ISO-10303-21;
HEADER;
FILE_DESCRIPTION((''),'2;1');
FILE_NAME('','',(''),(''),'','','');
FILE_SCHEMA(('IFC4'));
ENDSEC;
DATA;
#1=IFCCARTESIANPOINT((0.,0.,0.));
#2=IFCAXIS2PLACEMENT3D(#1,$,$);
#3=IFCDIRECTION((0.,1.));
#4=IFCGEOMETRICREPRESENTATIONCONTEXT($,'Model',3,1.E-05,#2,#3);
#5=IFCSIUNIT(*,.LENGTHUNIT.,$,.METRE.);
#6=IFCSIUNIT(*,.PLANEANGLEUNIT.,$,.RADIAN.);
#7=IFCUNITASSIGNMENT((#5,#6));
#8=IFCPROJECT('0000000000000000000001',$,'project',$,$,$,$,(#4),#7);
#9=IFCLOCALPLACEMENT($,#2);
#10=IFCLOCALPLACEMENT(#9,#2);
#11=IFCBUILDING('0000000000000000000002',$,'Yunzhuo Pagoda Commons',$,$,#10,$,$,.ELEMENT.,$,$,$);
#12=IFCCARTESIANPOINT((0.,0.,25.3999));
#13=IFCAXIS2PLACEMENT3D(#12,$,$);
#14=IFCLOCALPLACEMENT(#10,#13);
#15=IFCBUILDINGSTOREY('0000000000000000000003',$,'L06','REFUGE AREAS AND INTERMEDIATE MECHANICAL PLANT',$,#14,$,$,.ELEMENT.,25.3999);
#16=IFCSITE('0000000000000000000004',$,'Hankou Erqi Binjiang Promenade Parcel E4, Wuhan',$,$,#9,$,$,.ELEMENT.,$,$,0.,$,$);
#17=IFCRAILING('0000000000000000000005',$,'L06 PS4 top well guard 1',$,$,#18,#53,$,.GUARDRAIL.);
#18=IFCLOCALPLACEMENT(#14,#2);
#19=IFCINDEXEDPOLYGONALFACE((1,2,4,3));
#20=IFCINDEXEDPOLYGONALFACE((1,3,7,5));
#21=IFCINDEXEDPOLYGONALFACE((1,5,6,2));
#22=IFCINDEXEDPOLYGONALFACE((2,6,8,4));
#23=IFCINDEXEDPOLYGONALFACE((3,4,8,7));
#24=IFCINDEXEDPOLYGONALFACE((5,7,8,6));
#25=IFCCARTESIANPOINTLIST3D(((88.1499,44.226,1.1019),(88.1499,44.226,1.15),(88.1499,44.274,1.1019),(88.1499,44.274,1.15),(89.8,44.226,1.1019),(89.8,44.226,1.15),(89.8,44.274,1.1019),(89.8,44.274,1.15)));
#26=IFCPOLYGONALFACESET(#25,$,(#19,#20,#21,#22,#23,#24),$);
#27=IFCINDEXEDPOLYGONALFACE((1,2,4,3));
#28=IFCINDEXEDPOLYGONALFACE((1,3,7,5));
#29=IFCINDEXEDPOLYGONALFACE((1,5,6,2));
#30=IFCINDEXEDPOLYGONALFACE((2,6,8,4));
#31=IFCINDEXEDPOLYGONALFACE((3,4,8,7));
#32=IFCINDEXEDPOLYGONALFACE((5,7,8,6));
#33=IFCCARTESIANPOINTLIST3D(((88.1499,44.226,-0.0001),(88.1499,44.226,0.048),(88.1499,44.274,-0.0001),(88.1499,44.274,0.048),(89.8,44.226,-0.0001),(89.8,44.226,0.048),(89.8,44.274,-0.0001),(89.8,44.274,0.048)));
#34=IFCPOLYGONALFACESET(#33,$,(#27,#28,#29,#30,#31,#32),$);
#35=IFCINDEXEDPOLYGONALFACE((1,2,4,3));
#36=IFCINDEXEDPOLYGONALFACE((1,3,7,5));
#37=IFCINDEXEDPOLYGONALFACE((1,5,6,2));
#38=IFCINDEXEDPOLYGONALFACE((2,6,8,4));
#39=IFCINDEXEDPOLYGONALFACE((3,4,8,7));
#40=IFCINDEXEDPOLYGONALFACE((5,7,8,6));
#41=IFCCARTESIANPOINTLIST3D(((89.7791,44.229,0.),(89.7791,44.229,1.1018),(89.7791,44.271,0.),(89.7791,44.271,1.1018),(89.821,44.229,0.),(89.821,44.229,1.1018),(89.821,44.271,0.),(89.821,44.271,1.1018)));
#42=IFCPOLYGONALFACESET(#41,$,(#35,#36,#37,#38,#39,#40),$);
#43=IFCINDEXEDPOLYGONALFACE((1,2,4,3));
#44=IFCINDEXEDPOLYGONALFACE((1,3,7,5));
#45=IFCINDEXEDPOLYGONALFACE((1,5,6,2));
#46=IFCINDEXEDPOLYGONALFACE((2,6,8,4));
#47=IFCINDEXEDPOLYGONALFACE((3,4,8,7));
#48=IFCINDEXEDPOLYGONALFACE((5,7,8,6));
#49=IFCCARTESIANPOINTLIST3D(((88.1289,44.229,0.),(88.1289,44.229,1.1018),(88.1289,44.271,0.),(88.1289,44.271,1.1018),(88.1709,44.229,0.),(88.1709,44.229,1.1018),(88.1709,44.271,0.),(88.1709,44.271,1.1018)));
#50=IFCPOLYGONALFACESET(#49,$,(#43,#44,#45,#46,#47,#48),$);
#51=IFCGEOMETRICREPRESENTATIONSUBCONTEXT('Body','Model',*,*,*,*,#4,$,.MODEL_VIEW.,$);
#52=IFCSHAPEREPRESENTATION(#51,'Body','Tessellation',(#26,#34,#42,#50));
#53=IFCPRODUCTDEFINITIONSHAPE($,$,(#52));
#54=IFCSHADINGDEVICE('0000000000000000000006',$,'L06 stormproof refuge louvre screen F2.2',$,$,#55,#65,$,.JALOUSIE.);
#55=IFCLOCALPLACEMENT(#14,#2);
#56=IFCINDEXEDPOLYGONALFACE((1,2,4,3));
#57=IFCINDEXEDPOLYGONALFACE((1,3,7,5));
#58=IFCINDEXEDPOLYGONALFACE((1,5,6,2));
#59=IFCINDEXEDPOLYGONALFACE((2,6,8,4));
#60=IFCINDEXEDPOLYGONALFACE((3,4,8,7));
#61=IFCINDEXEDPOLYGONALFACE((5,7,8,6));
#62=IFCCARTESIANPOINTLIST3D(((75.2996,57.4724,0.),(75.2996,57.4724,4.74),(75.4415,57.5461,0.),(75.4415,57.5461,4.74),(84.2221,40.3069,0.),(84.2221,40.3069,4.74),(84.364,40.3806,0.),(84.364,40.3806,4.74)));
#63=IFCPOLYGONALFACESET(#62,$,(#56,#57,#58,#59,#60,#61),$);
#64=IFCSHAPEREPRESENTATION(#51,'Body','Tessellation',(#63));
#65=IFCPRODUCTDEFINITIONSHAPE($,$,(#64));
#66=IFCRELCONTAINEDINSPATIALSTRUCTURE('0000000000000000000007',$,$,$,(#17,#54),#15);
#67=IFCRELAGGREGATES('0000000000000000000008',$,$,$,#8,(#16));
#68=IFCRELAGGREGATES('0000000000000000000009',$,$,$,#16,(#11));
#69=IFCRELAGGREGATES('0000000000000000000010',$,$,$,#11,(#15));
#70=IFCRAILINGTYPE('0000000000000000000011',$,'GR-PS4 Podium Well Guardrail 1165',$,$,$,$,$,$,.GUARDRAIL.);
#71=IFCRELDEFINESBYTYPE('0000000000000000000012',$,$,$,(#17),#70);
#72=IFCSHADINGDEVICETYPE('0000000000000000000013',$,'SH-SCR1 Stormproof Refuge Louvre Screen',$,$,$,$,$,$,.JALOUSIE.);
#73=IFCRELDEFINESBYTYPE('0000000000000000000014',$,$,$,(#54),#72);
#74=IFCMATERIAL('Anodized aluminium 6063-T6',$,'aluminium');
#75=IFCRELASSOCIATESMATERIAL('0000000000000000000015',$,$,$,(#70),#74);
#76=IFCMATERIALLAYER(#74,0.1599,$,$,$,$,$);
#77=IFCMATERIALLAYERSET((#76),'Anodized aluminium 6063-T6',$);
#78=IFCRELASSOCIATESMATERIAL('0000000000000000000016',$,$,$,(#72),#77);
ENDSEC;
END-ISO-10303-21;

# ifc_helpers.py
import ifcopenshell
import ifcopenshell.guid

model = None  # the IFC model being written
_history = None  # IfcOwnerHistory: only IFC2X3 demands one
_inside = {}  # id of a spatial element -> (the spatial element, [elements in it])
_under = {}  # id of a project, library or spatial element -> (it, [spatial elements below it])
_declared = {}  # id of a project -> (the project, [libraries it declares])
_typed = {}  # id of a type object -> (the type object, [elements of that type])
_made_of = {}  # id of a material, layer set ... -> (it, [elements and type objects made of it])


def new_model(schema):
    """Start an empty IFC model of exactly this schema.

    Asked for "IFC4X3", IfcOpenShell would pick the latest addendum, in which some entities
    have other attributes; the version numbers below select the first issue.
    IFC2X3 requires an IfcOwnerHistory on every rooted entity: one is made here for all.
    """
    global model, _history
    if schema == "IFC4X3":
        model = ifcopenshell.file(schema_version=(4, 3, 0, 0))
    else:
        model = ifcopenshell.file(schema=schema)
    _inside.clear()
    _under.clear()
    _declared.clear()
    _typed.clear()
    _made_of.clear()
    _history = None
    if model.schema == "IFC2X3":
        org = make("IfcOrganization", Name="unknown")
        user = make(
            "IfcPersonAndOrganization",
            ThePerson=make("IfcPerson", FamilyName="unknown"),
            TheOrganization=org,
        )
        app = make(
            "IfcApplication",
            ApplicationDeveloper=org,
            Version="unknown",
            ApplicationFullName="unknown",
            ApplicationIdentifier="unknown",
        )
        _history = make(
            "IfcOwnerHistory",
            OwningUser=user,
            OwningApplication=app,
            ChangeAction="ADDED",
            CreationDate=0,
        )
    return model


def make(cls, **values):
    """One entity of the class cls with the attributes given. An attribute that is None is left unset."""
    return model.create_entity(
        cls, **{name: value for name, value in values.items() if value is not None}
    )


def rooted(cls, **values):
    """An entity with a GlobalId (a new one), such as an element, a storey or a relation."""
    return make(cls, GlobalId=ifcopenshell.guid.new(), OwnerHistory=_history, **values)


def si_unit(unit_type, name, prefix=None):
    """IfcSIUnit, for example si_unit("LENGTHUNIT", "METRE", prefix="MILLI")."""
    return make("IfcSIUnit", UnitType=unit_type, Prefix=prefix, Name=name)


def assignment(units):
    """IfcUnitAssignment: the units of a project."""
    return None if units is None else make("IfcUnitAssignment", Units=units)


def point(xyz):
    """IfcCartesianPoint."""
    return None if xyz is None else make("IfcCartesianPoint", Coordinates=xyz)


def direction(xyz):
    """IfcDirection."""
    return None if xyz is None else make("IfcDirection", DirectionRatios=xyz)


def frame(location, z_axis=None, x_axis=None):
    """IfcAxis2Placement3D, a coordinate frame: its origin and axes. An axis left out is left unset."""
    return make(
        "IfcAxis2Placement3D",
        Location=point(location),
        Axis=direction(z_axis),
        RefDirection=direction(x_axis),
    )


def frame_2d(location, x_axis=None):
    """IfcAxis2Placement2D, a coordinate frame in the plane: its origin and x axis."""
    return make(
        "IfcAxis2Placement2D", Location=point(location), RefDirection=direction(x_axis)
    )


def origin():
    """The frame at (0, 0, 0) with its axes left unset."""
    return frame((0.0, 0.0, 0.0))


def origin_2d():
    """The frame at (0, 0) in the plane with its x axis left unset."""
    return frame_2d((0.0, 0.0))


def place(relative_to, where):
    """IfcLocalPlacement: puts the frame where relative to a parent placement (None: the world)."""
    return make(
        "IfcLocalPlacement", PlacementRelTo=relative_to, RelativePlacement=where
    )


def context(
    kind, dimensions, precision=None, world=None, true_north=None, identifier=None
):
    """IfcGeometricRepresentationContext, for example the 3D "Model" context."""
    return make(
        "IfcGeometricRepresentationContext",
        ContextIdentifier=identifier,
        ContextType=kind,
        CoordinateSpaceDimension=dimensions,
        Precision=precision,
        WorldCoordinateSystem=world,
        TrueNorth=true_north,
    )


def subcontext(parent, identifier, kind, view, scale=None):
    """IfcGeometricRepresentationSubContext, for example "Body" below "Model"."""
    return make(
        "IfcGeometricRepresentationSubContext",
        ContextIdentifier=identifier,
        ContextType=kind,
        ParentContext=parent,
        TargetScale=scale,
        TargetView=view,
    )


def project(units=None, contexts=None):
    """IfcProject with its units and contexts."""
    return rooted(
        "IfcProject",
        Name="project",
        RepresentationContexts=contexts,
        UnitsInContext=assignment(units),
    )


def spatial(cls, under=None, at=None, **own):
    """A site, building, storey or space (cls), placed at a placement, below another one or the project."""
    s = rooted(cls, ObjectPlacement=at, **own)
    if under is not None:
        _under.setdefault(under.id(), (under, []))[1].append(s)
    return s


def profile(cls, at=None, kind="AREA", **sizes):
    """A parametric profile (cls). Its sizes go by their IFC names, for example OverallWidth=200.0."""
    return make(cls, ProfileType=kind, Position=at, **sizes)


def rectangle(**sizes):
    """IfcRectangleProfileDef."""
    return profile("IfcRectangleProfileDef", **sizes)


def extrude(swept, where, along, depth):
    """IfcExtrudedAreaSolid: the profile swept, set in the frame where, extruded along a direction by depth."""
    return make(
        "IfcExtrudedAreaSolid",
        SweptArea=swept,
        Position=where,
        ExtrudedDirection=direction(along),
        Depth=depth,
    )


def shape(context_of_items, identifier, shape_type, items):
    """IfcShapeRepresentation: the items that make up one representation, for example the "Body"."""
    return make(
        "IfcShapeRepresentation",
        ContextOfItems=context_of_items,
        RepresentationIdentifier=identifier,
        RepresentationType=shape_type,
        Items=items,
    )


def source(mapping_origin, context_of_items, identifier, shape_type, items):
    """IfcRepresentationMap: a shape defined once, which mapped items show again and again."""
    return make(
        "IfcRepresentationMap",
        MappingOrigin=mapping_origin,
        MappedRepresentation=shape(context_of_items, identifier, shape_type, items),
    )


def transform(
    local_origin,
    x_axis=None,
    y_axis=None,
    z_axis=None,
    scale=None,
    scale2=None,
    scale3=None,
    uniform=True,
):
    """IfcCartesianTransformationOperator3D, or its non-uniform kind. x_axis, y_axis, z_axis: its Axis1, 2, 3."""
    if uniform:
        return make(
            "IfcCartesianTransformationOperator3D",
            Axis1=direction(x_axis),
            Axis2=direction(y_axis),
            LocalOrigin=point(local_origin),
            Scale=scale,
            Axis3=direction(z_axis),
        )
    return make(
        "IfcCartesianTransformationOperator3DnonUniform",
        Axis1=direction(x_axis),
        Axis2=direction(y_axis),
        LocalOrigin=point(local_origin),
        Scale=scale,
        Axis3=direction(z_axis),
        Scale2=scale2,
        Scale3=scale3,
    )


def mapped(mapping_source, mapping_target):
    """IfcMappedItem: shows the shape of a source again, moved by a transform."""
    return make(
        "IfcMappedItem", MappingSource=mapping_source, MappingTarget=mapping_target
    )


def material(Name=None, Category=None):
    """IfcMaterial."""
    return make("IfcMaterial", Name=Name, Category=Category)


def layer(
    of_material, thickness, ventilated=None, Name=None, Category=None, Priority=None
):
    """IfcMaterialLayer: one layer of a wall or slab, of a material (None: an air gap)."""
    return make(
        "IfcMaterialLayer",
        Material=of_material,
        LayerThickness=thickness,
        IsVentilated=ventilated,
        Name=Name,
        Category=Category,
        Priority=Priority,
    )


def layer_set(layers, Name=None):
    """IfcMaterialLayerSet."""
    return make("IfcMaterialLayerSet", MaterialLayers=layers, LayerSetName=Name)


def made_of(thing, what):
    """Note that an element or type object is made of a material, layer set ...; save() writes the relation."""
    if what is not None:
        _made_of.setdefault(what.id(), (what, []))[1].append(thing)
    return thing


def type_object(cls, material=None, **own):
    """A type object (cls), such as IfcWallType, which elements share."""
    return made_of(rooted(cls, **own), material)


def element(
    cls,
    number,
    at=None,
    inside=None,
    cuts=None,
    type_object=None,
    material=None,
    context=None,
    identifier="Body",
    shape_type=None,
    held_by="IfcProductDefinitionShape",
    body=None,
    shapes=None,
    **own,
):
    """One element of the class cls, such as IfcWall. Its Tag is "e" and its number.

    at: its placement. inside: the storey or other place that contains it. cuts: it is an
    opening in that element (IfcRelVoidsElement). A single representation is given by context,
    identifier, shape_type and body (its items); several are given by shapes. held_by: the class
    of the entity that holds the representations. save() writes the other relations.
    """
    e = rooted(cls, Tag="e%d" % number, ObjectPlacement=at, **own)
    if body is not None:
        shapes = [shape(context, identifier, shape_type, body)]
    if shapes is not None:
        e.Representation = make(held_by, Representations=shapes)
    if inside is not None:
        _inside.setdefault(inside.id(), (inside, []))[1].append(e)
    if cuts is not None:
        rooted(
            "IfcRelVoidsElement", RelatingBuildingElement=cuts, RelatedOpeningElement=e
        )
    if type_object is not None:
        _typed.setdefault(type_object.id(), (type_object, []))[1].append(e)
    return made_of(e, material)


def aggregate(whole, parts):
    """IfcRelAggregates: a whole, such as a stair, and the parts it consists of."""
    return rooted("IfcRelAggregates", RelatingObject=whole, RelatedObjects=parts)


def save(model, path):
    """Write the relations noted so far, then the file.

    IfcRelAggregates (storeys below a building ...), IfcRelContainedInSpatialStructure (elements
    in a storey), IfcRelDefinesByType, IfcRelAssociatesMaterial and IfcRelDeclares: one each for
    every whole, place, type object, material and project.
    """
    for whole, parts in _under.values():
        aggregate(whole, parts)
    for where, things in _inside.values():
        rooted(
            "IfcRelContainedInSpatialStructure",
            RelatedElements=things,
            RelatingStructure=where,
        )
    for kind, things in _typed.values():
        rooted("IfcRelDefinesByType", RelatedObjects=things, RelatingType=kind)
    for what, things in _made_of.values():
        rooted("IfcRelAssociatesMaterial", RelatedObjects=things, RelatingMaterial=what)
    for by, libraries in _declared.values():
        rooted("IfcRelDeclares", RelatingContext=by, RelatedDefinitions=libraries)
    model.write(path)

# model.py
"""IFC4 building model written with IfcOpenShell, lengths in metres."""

from ifc_helpers import new_model, si_unit, direction, frame, origin, origin_2d, place, context, subcontext, project, spatial, rectangle, extrude, source, transform, mapped, material, layer, layer_set, type_object, element, save


model = new_model("IFC4")

# Units and contexts
model_context = context("Model", 3, precision=1e-05, world=origin(), true_north=direction((0.0, 1.0)))
body_context = subcontext(model_context, "Body", "Model", "MODEL_VIEW")
ifc_project = project(units=[si_unit("LENGTHUNIT", "METRE"), si_unit("PLANEANGLEUNIT", "RADIAN")], contexts=[model_context])

# Site, building, storey
site_placement = place(None, origin())
site = spatial("IfcSite", under=ifc_project, at=site_placement, Name="Hankou Erqi Binjiang Promenade Parcel E4, Wuhan", CompositionType="ELEMENT", RefElevation=0.0)
building_placement = place(site_placement, origin())
building = spatial("IfcBuilding", under=site, at=building_placement, Name="Yunzhuo Pagoda Commons", CompositionType="ELEMENT")
storey_placement = place(building_placement, frame((0.0, 0.0, 25.3999)))
storey = spatial("IfcBuildingStorey", under=building, at=storey_placement, Name="L06", Description="REFUGE AREAS AND INTERMEDIATE MECHANICAL PLANT", CompositionType="ELEMENT", Elevation=25.3999)

# Railing
ifc_material_1 = material(Name="Anodized aluminium 6063-T6", Category="aluminium")
railing_type = type_object("IfcRailingType", Name="GR-PS4 Podium Well Guardrail 1165", PredefinedType="GUARDRAIL", material=ifc_material_1)
railing_placement = place(storey_placement, frame((89.8, 44.25, 0.0)))
element("IfcRailing", 1, at=railing_placement, inside=storey, type_object=railing_type, Name="L06 PS4 top well guard 1", PredefinedType="GUARDRAIL", context=body_context, shape_type="SweptSolid", body=[
    extrude(rectangle(XDim=0.0481, YDim=0.0481, at=origin_2d()), frame((0.0, 0.0, 1.126), z_axis=(-1.0, 0.0, 0.0), x_axis=(0.0, -1.0, 0.0)), (0.0, 0.0, 1.0), 1.6501),
    extrude(rectangle(XDim=0.0481, YDim=0.0481, at=origin_2d()), frame((0.0, 0.0, 0.0239), z_axis=(-1.0, 0.0, 0.0), x_axis=(0.0, -1.0, 0.0)), (0.0, 0.0, 1.0), 1.6501),
    extrude(rectangle(XDim=0.042, YDim=0.042, at=origin_2d()), origin(), (0.0, 0.0, 1.0), 1.1018),
    extrude(rectangle(XDim=0.042, YDim=0.042, at=origin_2d()), frame((-1.6501, 0.0, 0.0)), (0.0, 0.0, 1.0), 1.1018),
])

# Shading device
ifc_layer_1 = layer(ifc_material_1, 0.1599)
ifc_layer_set_1 = layer_set([ifc_layer_1], Name="Anodized aluminium 6063-T6")
shading_device_type = type_object("IfcShadingDeviceType", Name="SH-SCR1 Stormproof Refuge Louvre Screen", PredefinedType="JALOUSIE", material=ifc_layer_set_1)
shared_shape_1 = source(origin(), body_context, "Body", "SweptSolid", [
    extrude(rectangle(XDim=19.3459, YDim=0.1599, at=origin_2d()), origin(), (0.0, 0.0, 1.0), 4.74),
])
shading_device_placement = place(storey_placement, frame((79.8318, 48.9265, 0.0), z_axis=(0.0, 0.0, 1.0), x_axis=(-0.461207, 0.887293, 0.0)))
element("IfcShadingDevice", 2, at=shading_device_placement, inside=storey, type_object=shading_device_type, Name="L06 stormproof refuge louvre screen F2.2", PredefinedType="JALOUSIE", context=body_context, shape_type="MappedRepresentation", body=[
    mapped(shared_shape_1, transform((0.0, 0.0, 0.0), scale=1.0)),
])

save(model, "model.ifc")
